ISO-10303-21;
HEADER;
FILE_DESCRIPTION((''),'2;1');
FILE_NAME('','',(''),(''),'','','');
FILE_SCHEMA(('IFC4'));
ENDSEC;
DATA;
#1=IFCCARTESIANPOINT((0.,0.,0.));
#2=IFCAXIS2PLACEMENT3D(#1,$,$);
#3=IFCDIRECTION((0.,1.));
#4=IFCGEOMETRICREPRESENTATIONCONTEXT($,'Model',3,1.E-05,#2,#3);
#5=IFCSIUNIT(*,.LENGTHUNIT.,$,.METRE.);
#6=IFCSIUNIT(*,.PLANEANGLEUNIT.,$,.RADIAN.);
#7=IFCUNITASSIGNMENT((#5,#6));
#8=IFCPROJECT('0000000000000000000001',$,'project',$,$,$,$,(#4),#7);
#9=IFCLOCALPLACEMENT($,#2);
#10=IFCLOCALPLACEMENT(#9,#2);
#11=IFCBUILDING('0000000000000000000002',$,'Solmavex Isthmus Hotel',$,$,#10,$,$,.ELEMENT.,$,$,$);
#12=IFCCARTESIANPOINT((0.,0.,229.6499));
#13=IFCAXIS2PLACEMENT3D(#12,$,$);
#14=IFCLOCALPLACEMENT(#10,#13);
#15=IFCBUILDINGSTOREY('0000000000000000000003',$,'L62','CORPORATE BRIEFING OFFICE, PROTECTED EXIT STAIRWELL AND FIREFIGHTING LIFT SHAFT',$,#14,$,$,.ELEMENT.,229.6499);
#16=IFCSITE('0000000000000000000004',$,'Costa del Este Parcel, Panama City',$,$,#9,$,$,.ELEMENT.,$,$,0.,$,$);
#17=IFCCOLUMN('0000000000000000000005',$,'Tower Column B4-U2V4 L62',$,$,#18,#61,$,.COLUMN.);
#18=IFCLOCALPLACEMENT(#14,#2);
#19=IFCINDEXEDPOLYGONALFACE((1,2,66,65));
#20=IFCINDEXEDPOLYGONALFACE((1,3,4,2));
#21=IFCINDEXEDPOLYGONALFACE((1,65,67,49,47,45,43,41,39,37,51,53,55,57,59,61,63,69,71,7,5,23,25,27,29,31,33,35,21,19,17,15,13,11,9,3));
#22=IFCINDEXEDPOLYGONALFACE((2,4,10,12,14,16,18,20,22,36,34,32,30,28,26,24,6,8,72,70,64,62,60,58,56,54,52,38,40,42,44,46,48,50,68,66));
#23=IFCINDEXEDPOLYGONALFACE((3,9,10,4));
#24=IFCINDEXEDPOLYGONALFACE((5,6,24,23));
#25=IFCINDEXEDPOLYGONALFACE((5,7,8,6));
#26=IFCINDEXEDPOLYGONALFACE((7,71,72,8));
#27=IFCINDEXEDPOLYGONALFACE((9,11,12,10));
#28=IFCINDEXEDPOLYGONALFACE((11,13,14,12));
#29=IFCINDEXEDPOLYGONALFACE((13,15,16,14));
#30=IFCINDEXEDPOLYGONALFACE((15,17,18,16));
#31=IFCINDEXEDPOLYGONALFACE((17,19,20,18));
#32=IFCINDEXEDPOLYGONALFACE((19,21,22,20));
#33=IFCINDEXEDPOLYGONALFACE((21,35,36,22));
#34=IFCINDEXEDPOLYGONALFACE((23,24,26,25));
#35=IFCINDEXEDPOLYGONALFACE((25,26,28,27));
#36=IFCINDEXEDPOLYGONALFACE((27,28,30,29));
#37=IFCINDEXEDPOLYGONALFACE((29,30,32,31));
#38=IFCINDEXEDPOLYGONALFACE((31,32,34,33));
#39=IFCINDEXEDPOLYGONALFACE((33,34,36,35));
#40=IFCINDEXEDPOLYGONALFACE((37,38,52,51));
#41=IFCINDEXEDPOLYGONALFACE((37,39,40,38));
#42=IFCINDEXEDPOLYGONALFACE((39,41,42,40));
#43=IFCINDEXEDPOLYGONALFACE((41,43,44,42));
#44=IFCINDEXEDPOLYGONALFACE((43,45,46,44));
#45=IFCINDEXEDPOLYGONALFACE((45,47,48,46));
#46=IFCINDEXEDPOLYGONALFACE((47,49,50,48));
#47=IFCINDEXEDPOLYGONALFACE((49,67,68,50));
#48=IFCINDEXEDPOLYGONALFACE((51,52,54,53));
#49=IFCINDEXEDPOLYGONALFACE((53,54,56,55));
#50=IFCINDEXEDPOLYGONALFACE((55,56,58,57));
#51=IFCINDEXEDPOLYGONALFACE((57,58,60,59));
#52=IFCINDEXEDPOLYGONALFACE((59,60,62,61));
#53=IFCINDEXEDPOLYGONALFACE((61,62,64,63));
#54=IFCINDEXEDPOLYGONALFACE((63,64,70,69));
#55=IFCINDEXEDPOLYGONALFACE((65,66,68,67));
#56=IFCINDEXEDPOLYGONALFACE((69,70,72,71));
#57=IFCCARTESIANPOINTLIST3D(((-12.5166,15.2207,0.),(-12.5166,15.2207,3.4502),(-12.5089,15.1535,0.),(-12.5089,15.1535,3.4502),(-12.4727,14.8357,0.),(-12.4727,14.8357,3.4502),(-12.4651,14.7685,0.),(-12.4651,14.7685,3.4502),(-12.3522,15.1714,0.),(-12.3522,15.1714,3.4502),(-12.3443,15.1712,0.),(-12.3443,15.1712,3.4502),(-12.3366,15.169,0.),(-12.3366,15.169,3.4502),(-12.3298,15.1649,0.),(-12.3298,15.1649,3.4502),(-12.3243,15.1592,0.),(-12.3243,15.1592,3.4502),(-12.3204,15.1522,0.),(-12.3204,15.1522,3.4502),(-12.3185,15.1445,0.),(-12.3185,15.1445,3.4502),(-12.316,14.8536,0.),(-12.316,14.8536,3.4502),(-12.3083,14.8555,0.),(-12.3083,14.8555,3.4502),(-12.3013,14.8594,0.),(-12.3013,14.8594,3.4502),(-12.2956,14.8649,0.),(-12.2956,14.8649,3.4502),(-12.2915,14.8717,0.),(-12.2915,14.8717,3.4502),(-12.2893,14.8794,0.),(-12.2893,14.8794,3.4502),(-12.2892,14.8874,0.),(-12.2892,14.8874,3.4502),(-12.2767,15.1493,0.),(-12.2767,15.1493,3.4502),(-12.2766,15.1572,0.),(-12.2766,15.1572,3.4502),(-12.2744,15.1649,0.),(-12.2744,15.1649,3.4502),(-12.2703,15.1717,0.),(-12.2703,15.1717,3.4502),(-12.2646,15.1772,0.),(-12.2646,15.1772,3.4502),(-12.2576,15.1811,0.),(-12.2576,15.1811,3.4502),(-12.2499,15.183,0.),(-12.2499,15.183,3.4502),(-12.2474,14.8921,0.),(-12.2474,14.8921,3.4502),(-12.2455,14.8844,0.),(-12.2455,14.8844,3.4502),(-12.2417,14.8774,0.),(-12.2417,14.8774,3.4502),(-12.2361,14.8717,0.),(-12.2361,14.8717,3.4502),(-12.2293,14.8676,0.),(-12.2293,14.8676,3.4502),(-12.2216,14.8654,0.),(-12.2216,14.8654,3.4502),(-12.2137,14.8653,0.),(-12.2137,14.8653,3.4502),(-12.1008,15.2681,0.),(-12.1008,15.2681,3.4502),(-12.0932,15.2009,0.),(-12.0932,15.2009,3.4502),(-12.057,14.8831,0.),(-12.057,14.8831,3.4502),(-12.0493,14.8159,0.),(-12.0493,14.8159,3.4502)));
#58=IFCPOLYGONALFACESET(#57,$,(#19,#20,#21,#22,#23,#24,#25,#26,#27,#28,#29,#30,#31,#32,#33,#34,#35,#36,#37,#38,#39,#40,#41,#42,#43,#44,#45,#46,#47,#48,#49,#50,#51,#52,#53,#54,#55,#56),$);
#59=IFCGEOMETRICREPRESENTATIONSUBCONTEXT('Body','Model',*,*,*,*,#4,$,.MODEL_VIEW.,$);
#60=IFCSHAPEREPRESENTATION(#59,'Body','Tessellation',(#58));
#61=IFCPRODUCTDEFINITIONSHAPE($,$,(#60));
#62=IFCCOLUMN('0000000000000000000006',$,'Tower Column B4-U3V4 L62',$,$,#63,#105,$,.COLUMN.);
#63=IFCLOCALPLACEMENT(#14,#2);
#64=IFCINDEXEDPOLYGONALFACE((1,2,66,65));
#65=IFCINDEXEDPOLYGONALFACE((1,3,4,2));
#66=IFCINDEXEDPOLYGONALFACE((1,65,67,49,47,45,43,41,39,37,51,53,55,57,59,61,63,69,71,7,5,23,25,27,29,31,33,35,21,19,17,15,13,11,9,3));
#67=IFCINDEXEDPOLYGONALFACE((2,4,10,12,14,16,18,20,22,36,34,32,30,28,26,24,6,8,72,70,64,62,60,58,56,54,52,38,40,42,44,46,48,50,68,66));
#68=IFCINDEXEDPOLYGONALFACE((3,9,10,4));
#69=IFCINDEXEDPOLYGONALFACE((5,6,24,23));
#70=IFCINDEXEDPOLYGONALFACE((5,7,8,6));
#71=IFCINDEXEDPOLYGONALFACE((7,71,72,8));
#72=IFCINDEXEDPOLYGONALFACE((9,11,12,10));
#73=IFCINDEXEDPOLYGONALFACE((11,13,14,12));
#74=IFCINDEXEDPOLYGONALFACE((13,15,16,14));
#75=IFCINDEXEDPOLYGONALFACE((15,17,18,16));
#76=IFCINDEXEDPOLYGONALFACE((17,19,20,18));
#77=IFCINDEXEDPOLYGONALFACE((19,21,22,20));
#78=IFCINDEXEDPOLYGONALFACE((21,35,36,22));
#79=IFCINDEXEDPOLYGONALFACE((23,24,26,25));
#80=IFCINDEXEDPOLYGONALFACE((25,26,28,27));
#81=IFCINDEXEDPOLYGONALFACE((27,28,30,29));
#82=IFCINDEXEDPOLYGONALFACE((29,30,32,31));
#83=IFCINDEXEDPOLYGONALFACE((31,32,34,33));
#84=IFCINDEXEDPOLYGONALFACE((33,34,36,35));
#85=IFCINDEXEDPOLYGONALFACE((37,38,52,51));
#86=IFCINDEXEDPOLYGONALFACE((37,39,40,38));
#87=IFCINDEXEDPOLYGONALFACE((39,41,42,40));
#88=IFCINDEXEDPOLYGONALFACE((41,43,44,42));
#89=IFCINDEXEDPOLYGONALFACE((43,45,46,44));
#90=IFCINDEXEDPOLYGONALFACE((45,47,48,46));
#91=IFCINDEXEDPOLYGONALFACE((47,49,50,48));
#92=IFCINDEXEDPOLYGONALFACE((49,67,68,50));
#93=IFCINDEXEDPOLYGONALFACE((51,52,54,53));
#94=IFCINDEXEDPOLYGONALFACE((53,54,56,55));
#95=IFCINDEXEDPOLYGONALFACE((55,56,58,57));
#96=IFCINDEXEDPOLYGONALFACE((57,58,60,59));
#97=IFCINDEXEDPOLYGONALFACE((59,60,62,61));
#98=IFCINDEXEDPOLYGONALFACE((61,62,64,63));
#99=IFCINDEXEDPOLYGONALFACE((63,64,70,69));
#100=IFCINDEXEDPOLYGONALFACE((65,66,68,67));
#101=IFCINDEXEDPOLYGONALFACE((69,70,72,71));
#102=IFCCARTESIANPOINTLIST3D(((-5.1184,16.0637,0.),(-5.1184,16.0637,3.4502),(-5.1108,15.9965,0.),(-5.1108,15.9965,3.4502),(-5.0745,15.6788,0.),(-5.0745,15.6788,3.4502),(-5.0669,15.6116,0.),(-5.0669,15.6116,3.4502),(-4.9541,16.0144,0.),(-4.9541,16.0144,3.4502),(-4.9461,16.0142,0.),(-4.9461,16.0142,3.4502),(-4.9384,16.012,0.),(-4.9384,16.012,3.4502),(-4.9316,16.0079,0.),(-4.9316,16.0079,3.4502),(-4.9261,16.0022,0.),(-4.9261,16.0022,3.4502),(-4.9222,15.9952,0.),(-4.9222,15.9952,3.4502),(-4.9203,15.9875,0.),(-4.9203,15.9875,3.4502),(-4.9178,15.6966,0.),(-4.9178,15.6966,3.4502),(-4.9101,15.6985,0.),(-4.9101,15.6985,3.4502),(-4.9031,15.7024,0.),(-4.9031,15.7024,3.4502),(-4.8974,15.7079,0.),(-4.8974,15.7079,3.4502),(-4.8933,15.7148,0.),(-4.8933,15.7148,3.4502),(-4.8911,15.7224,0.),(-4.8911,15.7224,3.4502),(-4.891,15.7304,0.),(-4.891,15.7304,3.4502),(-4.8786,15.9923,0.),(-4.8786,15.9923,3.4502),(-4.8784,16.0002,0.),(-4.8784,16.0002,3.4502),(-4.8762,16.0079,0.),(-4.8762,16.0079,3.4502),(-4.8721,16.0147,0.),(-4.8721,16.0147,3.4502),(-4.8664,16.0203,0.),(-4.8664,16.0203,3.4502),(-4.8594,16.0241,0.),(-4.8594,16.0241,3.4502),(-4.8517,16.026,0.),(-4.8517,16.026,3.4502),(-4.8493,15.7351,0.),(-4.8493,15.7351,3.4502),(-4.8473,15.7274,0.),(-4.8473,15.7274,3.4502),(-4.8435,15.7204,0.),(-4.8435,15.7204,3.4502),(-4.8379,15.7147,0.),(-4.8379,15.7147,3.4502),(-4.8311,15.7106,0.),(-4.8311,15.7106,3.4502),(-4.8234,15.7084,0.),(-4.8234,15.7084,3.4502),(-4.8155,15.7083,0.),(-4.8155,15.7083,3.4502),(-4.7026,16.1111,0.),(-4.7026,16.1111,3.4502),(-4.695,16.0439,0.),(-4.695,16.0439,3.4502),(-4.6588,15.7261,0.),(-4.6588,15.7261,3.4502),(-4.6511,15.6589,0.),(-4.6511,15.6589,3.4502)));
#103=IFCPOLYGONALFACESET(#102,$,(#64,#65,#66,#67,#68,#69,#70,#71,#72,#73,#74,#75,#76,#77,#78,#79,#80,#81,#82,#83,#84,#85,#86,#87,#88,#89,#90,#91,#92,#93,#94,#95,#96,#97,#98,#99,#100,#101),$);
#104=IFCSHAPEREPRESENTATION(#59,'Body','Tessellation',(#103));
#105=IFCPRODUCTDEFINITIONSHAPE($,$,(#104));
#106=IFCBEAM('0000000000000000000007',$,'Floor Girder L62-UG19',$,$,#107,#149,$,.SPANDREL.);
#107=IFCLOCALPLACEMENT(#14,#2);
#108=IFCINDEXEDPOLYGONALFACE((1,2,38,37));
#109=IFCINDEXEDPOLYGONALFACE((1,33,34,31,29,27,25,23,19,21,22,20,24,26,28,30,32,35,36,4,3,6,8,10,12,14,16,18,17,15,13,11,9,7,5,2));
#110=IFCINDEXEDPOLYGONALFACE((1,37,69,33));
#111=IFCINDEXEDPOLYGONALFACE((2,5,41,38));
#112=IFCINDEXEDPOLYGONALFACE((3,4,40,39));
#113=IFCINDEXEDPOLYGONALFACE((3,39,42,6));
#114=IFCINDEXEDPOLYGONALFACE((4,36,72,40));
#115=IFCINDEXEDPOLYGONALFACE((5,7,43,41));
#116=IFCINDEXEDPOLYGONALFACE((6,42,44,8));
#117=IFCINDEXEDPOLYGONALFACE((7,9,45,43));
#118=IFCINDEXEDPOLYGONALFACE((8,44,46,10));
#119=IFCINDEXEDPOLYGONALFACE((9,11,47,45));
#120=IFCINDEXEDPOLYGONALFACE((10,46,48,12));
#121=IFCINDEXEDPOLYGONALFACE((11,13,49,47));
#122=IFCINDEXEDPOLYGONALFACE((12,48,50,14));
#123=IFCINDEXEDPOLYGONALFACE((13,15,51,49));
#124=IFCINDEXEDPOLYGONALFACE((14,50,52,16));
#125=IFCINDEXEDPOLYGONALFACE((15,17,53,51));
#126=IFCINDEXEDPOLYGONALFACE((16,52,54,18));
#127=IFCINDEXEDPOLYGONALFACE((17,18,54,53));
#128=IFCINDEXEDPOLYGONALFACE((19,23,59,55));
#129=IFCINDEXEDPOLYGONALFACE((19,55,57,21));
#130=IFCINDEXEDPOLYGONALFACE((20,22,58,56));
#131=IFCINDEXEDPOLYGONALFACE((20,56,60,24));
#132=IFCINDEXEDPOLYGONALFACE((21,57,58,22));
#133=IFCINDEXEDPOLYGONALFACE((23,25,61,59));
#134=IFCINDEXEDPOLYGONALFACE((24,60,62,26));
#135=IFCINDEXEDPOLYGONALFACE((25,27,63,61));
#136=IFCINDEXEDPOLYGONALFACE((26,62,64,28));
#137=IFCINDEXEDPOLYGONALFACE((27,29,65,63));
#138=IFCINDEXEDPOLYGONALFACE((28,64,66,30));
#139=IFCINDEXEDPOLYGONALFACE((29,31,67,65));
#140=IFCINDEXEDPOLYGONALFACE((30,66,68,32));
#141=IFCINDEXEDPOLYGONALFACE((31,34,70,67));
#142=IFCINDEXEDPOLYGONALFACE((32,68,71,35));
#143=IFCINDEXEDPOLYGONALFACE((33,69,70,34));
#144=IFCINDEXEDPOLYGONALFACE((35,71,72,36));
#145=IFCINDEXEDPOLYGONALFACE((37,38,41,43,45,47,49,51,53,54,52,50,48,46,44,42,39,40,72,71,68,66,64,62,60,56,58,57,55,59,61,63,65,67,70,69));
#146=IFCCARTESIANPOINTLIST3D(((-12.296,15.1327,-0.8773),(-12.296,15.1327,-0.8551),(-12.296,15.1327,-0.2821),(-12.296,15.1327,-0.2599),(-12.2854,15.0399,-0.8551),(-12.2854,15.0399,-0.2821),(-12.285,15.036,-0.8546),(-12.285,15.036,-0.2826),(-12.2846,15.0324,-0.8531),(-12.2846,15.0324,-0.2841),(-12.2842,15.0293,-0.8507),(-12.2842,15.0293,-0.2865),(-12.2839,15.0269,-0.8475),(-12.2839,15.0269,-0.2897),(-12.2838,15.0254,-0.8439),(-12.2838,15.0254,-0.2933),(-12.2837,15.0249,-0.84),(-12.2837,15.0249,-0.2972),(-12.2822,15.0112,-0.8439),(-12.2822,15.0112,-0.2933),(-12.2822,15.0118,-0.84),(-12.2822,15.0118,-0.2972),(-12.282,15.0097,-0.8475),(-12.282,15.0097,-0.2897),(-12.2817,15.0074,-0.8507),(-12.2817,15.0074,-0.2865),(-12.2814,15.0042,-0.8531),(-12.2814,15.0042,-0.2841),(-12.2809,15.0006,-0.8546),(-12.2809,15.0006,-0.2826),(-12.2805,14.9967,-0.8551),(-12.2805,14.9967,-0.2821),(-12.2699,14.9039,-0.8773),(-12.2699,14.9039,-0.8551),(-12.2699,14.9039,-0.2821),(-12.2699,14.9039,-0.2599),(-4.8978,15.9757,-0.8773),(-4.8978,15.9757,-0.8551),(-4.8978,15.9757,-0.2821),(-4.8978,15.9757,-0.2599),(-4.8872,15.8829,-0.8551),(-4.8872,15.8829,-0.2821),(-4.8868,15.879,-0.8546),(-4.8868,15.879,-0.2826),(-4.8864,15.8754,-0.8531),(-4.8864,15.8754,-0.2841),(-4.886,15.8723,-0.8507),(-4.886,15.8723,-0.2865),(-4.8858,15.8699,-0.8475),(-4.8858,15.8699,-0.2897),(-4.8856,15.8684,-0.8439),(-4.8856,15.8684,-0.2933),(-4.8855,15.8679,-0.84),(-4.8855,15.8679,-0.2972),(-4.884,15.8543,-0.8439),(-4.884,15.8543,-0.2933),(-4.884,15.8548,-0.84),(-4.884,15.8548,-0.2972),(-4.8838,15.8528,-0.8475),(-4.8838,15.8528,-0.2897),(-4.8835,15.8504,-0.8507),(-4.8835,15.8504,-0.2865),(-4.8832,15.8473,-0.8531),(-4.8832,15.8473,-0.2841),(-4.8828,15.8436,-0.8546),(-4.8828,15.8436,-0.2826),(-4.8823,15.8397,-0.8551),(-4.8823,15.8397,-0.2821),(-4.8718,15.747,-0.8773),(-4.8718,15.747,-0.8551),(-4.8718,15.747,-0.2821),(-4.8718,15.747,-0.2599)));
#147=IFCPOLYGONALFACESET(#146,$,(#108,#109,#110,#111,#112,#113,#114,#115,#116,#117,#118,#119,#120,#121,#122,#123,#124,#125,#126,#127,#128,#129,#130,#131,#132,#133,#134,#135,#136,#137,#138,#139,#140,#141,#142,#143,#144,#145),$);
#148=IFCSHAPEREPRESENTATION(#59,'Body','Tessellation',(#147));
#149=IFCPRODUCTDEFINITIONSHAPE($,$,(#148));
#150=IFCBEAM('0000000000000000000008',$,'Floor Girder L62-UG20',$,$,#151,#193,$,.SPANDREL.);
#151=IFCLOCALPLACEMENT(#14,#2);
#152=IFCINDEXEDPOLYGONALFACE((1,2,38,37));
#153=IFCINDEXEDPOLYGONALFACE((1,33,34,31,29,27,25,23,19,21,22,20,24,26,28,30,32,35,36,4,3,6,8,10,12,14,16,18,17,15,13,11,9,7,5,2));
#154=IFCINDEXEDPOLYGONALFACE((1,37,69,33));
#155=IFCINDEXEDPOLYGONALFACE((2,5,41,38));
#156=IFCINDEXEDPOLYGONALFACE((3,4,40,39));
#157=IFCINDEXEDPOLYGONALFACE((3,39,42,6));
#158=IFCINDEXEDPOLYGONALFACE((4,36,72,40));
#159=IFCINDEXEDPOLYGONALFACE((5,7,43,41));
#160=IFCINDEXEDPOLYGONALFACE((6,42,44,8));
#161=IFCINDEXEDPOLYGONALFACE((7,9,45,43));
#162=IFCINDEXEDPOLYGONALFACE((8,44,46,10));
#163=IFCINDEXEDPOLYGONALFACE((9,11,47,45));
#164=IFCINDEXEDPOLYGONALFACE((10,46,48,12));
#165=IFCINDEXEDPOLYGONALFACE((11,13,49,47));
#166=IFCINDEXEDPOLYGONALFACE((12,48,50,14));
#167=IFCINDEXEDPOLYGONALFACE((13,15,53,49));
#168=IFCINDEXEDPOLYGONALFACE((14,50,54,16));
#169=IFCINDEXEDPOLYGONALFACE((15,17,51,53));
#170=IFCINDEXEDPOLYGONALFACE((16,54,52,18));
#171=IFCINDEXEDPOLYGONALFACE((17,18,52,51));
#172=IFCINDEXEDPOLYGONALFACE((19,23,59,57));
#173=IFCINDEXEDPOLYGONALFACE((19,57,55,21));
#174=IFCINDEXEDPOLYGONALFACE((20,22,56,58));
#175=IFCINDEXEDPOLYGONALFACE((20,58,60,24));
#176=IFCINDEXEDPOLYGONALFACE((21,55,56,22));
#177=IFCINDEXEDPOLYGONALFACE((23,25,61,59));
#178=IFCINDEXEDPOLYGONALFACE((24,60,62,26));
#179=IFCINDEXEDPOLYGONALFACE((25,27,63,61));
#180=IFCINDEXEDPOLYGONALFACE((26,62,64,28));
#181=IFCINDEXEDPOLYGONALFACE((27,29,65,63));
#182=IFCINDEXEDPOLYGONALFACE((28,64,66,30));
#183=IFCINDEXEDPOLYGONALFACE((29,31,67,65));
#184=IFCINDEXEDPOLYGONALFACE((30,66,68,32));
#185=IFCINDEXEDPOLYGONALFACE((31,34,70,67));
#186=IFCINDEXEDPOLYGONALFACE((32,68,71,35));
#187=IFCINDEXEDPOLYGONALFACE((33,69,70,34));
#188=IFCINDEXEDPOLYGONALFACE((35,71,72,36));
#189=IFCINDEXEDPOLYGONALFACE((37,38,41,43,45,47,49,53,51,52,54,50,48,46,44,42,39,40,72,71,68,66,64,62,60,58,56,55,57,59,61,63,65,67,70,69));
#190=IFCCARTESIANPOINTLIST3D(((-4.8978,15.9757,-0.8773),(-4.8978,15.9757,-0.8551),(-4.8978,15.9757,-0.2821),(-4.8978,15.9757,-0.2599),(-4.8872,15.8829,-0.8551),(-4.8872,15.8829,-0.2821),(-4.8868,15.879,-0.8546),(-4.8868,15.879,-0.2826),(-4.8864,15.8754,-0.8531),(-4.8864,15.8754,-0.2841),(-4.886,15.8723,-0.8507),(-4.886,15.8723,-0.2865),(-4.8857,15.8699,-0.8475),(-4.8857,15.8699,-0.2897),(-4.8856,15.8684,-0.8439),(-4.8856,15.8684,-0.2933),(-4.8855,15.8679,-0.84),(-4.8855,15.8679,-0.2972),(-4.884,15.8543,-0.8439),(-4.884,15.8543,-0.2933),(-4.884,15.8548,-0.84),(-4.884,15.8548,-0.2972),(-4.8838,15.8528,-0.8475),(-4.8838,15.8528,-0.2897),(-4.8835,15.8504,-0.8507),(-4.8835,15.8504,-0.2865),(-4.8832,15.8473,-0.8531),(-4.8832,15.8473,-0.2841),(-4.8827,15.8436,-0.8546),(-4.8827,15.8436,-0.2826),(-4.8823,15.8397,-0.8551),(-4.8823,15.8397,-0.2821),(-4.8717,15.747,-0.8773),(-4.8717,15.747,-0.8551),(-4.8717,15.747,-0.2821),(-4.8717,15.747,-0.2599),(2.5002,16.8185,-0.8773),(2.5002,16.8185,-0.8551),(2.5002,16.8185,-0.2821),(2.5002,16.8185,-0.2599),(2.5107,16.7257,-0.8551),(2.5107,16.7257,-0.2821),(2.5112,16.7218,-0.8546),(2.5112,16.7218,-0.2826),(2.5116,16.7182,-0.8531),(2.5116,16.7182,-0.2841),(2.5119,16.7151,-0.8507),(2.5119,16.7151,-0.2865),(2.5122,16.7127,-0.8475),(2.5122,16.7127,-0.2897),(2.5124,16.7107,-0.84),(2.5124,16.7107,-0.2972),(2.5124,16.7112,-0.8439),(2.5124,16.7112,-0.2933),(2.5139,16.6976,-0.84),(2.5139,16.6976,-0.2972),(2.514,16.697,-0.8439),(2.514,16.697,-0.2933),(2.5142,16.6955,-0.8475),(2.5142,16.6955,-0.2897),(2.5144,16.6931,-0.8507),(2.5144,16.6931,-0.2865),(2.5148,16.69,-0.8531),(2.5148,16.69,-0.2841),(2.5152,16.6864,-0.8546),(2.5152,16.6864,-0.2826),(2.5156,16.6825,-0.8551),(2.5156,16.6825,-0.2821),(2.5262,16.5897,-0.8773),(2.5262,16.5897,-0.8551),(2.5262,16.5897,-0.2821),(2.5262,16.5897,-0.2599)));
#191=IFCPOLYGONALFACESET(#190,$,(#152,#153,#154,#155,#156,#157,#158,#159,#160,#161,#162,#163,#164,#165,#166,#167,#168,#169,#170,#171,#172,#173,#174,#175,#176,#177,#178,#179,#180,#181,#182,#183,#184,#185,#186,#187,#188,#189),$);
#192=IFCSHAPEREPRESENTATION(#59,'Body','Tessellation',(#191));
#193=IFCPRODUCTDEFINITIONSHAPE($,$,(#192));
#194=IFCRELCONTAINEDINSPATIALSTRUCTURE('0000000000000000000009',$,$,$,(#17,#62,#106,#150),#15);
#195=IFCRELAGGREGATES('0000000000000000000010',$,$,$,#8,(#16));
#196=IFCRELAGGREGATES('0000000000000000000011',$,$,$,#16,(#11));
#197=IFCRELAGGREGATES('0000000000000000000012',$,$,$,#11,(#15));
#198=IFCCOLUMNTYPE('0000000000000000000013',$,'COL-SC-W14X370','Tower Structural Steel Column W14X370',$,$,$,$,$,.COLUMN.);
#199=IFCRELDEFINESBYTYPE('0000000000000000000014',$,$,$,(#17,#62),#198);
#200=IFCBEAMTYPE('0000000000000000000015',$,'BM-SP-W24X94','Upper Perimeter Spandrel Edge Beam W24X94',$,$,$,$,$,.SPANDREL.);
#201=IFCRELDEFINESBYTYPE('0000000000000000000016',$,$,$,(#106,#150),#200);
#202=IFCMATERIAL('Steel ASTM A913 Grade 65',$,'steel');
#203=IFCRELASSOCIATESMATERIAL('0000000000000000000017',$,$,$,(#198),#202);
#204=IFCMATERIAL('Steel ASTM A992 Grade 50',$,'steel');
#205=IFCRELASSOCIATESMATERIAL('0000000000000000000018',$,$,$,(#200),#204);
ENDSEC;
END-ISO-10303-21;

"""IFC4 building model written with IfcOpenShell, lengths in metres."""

from ifc_helpers import new_model, si_unit, direction, frame, origin, origin_2d, place, context, subcontext, project, spatial, i_section, extrude, material, material_profile, profile_set, type_object, element, save


model = new_model("IFC4")

# Units and contexts
model_context = context("Model", 3, precision=1e-05, world=origin(), true_north=direction((0.0, 1.0)))
body_context = subcontext(model_context, "Body", "Model", "MODEL_VIEW")
ifc_project = project(units=[si_unit("LENGTHUNIT", "METRE"), si_unit("PLANEANGLEUNIT", "RADIAN")], contexts=[model_context])

# Site, building, storey
site_placement = place(None, origin())
site = spatial("IfcSite", under=ifc_project, at=site_placement, Name="Costa del Este Parcel, Panama City", CompositionType="ELEMENT", RefElevation=0.0)
building_placement = place(site_placement, origin())
building = spatial("IfcBuilding", under=site, at=building_placement, Name="Solmavex Isthmus Hotel", CompositionType="ELEMENT")
storey_placement = place(building_placement, frame((0.0, 0.0, 229.6499)))
storey = spatial("IfcBuildingStorey", under=building, at=storey_placement, Name="L62", Description="CORPORATE BRIEFING OFFICE, PROTECTED EXIT STAIRWELL AND FIREFIGHTING LIFT SHAFT", CompositionType="ELEMENT", Elevation=229.6499)

# Columns
ifc_material_1 = material(Name="Steel ASTM A913 Grade 65", Category="steel")
ifc_material_profile_1 = material_profile(ifc_material_1, i_section(OverallWidth=0.4185, OverallDepth=0.4551, WebThickness=0.042, FlangeThickness=0.0676, FilletRadius=0.0305, at=origin_2d()), Name="W14X370")
ifc_profile_set_1 = profile_set([ifc_material_profile_1], Name="Steel ASTM A913 Grade 65")
column_type = type_object("IfcColumnType", Name="COL-SC-W14X370", Description="Tower Structural Steel Column W14X370", PredefinedType="COLUMN", material=ifc_profile_set_1)
for number, where, z_axis, x_axis, name in (
    (1, (-12.283, 15.0183, 0.0), (0.0, 0.0, 1.0), (0.993572, 0.113203, 0.0), "Tower Column B4-U2V4 L62"),
    (2, (-4.8848, 15.8613, 0.0), (0.0, 0.0, 1.0), (0.993572, 0.113203, 0.0), "Tower Column B4-U3V4 L62"),
):
    element("IfcColumn", number, at=place(storey_placement, frame(where, z_axis=z_axis, x_axis=x_axis)), inside=storey, type_object=column_type, Name=name, PredefinedType="COLUMN", context=body_context, shape_type="SweptSolid", body=[
        extrude(i_section(OverallWidth=0.4185, OverallDepth=0.4551, WebThickness=0.042, FlangeThickness=0.0676, FilletRadius=0.0305, at=origin_2d()), origin(), (0.0, 0.0, 1.0), 3.4502),
    ])

# Beams
ifc_material_2 = material(Name="Steel ASTM A992 Grade 50", Category="steel")
ifc_material_profile_2 = material_profile(ifc_material_2, i_section(OverallWidth=0.2302, OverallDepth=0.6174, WebThickness=0.0132, FlangeThickness=0.0222, FilletRadius=0.0151, at=origin_2d()), Name="W24X94")
ifc_profile_set_2 = profile_set([ifc_material_profile_2], Name="Steel ASTM A992 Grade 50")
beam_type = type_object("IfcBeamType", Name="BM-SP-W24X94", Description="Upper Perimeter Spandrel Edge Beam W24X94", PredefinedType="SPANDREL", material=ifc_profile_set_2)
beam_1_placement = place(storey_placement, frame((-12.283, 15.0183, -0.5686), z_axis=(0.99357, 0.113216, 0.0), x_axis=(-0.113216, 0.99357, 0.0)))
element("IfcBeam", 3, at=beam_1_placement, inside=storey, type_object=beam_type, Name="Floor Girder L62-UG19", PredefinedType="SPANDREL", context=body_context, shape_type="SweptSolid", body=[
    extrude(i_section(OverallWidth=0.2302, OverallDepth=0.6174, WebThickness=0.0132, FlangeThickness=0.0222, FilletRadius=0.0151, at=origin_2d()), origin(), (0.0, 0.0, 1.0), 7.446),
])
beam_2_placement = place(storey_placement, frame((-4.8848, 15.8613, -0.5686), z_axis=(0.993574, 0.113188, 0.0), x_axis=(-0.113188, 0.993574, 0.0)))
element("IfcBeam", 4, at=beam_2_placement, inside=storey, type_object=beam_type, Name="Floor Girder L62-UG20", PredefinedType="SPANDREL", context=body_context, shape_type="SweptSolid", body=[
    extrude(i_section(OverallWidth=0.2302, OverallDepth=0.6174, WebThickness=0.0132, FlangeThickness=0.0222, FilletRadius=0.0151, at=origin_2d()), origin(), (0.0, 0.0, 1.0), 7.4458),
])

save(model, "model.ifc")
